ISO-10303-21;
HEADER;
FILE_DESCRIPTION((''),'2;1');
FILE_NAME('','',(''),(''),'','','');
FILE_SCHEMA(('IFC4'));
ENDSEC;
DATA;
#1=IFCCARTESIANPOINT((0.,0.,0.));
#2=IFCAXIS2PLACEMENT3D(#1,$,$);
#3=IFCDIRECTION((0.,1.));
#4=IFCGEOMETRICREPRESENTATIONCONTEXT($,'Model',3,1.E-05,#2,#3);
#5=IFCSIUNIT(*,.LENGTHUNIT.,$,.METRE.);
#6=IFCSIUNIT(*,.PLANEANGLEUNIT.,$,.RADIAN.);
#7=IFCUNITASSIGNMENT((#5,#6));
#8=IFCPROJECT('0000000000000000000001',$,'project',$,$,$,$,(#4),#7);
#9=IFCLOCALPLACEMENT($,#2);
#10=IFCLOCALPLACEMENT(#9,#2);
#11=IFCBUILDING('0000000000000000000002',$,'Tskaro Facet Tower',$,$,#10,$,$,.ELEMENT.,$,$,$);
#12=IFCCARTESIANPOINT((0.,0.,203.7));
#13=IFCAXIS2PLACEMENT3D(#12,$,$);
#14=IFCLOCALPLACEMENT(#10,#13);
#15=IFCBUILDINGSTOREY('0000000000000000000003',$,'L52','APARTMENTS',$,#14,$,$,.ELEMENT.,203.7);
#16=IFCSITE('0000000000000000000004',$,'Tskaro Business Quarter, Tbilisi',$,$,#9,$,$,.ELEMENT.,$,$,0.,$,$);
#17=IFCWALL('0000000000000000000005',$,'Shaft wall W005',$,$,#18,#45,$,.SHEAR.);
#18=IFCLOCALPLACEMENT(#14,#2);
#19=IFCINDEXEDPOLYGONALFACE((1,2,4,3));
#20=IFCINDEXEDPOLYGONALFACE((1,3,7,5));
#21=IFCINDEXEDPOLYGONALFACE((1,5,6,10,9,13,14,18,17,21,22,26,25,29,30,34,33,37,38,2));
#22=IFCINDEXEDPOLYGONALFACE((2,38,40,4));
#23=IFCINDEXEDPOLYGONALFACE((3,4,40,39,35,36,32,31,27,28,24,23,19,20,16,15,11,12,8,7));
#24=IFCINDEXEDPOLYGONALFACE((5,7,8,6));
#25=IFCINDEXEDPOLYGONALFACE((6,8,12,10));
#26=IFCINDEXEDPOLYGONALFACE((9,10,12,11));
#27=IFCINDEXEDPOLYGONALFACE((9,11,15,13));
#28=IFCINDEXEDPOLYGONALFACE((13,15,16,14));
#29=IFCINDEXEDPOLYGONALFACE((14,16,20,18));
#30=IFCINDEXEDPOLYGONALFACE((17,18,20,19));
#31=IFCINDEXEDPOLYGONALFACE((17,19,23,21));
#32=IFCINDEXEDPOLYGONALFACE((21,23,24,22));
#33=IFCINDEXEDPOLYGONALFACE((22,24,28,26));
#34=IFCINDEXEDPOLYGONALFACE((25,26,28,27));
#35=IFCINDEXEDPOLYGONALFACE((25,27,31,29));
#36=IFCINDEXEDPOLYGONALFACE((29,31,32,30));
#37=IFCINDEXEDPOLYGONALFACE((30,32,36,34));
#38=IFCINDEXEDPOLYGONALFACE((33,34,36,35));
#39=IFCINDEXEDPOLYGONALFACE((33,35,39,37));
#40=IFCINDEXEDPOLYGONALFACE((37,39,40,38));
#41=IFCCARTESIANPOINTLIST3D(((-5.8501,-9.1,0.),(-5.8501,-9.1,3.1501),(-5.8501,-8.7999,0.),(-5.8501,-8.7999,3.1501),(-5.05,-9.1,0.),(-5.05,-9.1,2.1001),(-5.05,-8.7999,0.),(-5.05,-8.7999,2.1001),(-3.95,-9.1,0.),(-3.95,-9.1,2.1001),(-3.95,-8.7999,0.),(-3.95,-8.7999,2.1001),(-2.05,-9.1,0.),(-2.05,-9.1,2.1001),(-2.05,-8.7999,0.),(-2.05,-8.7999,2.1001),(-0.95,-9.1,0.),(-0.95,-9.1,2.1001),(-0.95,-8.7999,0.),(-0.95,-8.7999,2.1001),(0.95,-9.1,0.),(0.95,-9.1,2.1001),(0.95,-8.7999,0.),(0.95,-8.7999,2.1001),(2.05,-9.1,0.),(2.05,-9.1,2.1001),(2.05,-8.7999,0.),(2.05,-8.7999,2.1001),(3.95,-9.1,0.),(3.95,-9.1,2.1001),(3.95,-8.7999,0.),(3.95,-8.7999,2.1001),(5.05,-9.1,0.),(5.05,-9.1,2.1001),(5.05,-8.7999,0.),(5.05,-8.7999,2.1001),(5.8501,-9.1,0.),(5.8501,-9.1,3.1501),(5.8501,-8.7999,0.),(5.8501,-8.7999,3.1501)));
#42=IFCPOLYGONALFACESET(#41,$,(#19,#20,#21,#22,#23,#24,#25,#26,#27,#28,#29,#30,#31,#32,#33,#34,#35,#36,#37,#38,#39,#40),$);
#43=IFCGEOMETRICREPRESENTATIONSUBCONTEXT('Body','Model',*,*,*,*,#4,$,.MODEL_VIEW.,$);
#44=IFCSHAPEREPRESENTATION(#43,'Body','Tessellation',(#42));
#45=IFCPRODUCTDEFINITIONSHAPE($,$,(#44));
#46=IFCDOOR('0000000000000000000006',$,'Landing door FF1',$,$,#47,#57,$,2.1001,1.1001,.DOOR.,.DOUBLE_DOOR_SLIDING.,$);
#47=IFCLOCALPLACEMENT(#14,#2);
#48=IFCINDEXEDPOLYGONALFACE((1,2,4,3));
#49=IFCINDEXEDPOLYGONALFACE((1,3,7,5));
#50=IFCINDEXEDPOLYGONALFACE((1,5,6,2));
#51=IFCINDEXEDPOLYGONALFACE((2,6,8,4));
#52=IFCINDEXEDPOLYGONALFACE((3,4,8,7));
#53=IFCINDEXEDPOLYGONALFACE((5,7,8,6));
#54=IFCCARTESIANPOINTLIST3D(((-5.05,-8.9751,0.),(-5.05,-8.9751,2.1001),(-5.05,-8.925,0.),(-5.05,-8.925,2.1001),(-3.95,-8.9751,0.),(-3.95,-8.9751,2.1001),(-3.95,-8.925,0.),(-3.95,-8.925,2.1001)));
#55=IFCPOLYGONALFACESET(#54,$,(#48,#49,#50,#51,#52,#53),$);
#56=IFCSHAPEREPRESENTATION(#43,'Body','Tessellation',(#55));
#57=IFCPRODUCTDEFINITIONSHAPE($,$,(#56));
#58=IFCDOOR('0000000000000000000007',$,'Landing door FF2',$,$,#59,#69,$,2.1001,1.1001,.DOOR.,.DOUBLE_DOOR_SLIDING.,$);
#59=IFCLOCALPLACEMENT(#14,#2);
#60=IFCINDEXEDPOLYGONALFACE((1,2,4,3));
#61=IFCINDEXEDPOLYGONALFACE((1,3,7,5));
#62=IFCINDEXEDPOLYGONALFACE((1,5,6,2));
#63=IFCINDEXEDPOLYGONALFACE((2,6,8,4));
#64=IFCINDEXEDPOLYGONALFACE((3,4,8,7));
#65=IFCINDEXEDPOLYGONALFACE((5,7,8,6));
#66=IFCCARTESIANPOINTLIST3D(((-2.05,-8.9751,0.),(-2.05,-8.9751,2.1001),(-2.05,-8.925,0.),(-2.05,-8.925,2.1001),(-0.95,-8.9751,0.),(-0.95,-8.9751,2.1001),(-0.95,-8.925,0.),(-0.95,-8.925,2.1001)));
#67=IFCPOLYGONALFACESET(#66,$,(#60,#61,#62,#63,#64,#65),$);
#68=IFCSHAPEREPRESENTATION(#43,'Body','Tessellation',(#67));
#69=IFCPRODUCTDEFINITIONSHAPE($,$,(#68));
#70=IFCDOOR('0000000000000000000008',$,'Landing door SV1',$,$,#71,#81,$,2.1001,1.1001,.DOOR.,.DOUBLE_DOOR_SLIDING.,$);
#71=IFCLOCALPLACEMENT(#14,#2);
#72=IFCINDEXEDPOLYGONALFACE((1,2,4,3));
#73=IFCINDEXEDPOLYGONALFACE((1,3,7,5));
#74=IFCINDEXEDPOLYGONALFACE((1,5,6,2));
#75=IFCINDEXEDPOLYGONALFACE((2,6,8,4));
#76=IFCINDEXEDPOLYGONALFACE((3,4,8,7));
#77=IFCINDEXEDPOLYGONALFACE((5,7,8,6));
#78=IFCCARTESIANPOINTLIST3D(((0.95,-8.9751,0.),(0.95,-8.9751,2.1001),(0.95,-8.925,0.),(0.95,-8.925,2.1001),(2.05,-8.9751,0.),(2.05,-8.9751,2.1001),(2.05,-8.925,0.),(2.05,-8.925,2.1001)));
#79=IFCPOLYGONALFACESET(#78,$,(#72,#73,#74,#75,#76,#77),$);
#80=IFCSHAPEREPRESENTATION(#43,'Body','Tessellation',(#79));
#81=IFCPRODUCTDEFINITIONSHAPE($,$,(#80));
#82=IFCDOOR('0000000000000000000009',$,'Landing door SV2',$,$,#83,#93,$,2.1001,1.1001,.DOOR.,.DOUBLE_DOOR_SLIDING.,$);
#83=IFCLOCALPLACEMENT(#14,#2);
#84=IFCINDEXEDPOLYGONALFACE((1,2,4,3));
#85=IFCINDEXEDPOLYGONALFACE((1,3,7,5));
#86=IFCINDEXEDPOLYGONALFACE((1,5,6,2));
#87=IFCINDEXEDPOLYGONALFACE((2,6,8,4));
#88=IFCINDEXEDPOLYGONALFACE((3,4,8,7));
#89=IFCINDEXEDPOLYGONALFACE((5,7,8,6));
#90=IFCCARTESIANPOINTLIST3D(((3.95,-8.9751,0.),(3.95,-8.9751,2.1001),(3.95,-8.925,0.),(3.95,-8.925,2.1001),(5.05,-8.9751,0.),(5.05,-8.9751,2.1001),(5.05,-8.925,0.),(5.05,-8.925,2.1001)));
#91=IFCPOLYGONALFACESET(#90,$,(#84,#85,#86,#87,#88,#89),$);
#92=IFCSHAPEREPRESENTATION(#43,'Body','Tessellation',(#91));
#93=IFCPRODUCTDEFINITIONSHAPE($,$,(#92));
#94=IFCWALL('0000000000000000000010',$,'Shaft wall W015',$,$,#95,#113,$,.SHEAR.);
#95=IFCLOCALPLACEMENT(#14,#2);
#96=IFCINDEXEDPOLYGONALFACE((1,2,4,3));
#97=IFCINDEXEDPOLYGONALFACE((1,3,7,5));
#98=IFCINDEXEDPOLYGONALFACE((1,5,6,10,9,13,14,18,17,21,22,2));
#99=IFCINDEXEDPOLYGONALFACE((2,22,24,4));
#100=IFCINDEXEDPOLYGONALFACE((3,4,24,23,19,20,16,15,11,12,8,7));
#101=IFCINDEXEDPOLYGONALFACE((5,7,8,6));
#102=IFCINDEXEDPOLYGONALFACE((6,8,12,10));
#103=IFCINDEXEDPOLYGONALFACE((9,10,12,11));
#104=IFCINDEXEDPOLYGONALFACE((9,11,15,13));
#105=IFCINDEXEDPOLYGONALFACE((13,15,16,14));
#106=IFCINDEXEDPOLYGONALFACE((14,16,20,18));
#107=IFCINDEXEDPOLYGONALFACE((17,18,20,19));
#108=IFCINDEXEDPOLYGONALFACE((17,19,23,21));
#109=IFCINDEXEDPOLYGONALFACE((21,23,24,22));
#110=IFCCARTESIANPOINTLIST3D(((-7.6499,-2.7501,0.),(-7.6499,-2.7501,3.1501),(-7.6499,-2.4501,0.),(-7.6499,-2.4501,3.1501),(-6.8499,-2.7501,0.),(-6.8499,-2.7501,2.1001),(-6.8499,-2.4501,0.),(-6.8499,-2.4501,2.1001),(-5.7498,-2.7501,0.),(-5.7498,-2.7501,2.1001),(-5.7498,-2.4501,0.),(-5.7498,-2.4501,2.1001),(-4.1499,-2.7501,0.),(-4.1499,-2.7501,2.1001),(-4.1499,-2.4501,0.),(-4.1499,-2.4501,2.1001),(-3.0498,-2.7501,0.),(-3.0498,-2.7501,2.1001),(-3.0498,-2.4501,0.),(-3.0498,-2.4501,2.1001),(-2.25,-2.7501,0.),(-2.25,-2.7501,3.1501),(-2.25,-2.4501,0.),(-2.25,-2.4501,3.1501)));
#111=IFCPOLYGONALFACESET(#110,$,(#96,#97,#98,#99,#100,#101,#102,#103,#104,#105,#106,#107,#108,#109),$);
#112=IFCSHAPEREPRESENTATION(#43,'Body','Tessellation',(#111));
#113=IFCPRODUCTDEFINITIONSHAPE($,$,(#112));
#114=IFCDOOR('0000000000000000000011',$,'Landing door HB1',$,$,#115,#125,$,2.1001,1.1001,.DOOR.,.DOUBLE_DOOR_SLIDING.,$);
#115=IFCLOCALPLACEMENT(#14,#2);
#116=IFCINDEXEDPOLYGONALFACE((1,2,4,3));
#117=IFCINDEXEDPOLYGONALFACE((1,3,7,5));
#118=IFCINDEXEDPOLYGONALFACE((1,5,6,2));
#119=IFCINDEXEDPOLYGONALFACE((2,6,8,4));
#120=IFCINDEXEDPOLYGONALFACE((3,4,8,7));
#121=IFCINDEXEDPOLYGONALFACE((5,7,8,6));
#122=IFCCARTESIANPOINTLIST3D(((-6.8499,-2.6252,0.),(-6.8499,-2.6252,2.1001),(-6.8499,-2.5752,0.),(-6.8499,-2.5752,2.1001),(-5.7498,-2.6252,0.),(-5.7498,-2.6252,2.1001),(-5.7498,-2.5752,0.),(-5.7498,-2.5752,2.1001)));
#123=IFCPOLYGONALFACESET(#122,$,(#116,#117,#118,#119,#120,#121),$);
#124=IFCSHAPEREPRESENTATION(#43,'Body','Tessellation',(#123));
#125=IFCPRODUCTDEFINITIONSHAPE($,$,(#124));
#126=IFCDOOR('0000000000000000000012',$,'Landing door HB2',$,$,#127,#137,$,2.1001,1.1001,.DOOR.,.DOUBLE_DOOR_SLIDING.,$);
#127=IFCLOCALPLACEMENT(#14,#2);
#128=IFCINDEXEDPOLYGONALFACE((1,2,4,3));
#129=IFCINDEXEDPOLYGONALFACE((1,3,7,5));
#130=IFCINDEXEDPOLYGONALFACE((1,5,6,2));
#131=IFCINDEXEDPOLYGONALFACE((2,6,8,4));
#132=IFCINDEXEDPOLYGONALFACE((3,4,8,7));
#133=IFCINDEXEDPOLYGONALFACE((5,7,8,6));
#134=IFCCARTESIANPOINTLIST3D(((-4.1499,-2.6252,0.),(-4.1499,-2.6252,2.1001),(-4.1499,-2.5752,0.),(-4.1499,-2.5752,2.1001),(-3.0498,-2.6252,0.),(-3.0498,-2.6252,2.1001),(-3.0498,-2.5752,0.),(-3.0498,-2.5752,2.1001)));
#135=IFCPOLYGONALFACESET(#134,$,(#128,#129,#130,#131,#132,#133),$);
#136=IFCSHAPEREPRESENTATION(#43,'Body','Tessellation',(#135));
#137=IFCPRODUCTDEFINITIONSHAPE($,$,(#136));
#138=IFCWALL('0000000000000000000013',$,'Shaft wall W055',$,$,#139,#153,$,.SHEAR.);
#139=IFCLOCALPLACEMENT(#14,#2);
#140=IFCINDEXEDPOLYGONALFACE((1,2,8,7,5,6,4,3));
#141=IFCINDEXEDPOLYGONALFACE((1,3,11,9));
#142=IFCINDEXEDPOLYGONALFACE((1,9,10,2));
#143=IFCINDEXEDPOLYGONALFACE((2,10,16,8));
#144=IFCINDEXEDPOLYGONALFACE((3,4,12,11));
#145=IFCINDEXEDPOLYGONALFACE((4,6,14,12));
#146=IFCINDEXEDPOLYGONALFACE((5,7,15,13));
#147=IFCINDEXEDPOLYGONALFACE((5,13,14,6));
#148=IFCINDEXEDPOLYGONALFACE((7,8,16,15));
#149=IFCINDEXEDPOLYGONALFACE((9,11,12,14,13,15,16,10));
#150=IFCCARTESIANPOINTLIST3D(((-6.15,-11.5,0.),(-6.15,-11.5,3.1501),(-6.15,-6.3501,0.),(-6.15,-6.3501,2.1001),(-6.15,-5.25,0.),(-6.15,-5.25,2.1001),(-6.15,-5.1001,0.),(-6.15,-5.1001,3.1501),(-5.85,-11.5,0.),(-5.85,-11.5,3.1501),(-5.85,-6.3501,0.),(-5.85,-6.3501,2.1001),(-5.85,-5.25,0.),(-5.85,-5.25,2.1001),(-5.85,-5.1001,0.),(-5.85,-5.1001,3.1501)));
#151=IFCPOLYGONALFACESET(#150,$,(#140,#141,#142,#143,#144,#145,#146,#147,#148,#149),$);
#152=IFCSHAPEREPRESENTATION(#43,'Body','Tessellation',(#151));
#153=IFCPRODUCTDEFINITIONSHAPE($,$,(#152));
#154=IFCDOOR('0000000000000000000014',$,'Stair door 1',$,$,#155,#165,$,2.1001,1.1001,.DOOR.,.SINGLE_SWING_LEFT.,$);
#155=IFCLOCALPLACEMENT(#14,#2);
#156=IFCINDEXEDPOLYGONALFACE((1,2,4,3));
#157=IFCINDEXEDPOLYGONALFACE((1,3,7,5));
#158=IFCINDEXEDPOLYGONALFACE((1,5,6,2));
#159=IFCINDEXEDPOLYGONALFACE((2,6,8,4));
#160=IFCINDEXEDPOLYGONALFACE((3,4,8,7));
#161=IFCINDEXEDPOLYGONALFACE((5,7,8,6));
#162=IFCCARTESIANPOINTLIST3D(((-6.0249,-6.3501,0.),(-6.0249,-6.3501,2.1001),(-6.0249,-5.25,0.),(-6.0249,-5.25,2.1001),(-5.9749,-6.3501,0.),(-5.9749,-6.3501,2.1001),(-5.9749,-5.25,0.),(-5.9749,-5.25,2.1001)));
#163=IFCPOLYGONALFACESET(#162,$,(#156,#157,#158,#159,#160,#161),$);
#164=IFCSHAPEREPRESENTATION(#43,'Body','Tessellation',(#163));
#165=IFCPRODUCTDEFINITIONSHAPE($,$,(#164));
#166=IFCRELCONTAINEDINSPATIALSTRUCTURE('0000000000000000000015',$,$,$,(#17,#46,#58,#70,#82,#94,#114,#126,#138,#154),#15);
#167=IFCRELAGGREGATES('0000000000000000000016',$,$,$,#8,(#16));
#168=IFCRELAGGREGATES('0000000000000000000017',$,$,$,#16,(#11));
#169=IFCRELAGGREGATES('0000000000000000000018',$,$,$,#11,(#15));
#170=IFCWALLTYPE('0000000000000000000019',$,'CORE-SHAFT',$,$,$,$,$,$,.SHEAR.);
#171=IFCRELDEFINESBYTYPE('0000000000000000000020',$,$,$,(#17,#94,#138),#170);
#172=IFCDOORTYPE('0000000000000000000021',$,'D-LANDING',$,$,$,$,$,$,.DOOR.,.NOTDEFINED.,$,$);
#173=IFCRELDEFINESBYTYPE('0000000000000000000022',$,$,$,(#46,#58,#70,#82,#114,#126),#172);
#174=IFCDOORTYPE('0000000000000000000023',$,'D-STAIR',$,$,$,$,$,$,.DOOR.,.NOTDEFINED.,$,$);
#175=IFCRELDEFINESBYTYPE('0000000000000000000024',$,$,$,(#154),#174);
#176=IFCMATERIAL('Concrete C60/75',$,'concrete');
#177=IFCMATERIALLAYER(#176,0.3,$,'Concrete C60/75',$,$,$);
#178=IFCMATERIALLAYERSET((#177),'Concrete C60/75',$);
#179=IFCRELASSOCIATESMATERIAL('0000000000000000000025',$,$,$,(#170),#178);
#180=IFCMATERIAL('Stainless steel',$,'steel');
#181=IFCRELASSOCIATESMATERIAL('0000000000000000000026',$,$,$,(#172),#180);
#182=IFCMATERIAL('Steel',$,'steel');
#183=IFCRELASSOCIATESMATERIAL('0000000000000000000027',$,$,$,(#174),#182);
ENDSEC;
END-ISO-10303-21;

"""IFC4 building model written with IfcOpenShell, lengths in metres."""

from ifc_helpers import new_model, si_unit, direction, frame, frame_2d, origin, place, context, subcontext, project, spatial, rectangle, extrude, material, layer, layer_set, type_object, element, fill, save


model = new_model("IFC4")

# Units and contexts
model_context = context("Model", 3, precision=1e-05, world=origin(), true_north=direction((0.0, 1.0)))
body_context = subcontext(model_context, "Body", "Model", "MODEL_VIEW")
ifc_project = project(units=[si_unit("LENGTHUNIT", "METRE"), si_unit("PLANEANGLEUNIT", "RADIAN")], contexts=[model_context])

# Site, building, storey
site_placement = place(None, origin())
site = spatial("IfcSite", under=ifc_project, at=site_placement, Name="Tskaro Business Quarter, Tbilisi", CompositionType="ELEMENT", RefElevation=0.0)
building_placement = place(site_placement, origin())
building = spatial("IfcBuilding", under=site, at=building_placement, Name="Tskaro Facet Tower", CompositionType="ELEMENT")
storey_placement = place(building_placement, frame((0.0, 0.0, 203.7)))
storey = spatial("IfcBuildingStorey", under=building, at=storey_placement, Name="L52", Description="APARTMENTS", CompositionType="ELEMENT", Elevation=203.7)

# Walls, openings, doors
ifc_material_1 = material(Name="Concrete C60/75", Category="concrete")
ifc_layer = layer(ifc_material_1, 0.3, Name="Concrete C60/75")
ifc_layer_set = layer_set([ifc_layer], Name="Concrete C60/75")
wall_type = type_object("IfcWallType", Name="CORE-SHAFT", PredefinedType="SHEAR", material=ifc_layer_set)
wall_1_placement = place(storey_placement, frame((-5.8501, -8.95, 0.0), z_axis=(0.0, 0.0, 1.0), x_axis=(1.0, 0.0, 0.0)))
wall_1 = element("IfcWall", 1, at=wall_1_placement, inside=storey, type_object=wall_type, Name="Shaft wall W005", PredefinedType="SHEAR", context=body_context, shape_type="SweptSolid", body=[
    extrude(rectangle(XDim=11.7002, YDim=0.3, at=frame_2d((5.8501, 0.0))), origin(), (0.0, 0.0, 1.0), 3.1501),
])
opening_1_placement = place(wall_1_placement, frame((0.8, 0.0, 0.0)))
opening_1 = element("IfcOpeningElement", 2, at=opening_1_placement, cuts=wall_1, PredefinedType="OPENING", context=body_context, shape_type="SweptSolid", body=[
    extrude(rectangle(XDim=1.1001, YDim=2.1001, at=frame_2d((0.55, 1.05))), frame((0.0, 0.1599, 0.0), z_axis=(0.0, -1.0, 0.0), x_axis=(1.0, 0.0, 0.0)), (0.0, 0.0, 1.0), 0.3201),
])
opening_2_placement = place(wall_1_placement, frame((3.8, 0.0, 0.0)))
opening_2 = element("IfcOpeningElement", 3, at=opening_2_placement, cuts=wall_1, PredefinedType="OPENING", context=body_context, shape_type="SweptSolid", body=[
    extrude(rectangle(XDim=1.1001, YDim=2.1001, at=frame_2d((0.55, 1.05))), frame((0.0, 0.1599, 0.0), z_axis=(0.0, -1.0, 0.0), x_axis=(1.0, 0.0, 0.0)), (0.0, 0.0, 1.0), 0.3201),
])
opening_3_placement = place(wall_1_placement, frame((6.8, 0.0, 0.0)))
opening_3 = element("IfcOpeningElement", 4, at=opening_3_placement, cuts=wall_1, PredefinedType="OPENING", context=body_context, shape_type="SweptSolid", body=[
    extrude(rectangle(XDim=1.1001, YDim=2.1001, at=frame_2d((0.55, 1.05))), frame((0.0, 0.1599, 0.0), z_axis=(0.0, -1.0, 0.0), x_axis=(1.0, 0.0, 0.0)), (0.0, 0.0, 1.0), 0.3201),
])
opening_4_placement = place(wall_1_placement, frame((9.8, 0.0, 0.0)))
opening_4 = element("IfcOpeningElement", 5, at=opening_4_placement, cuts=wall_1, PredefinedType="OPENING", context=body_context, shape_type="SweptSolid", body=[
    extrude(rectangle(XDim=1.1001, YDim=2.1001, at=frame_2d((0.55, 1.05))), frame((0.0, 0.1599, 0.0), z_axis=(0.0, -1.0, 0.0), x_axis=(1.0, 0.0, 0.0)), (0.0, 0.0, 1.0), 0.3201),
])
ifc_material_2 = material(Name="Stainless steel", Category="steel")
door_type_1 = type_object("IfcDoorType", Name="D-LANDING", OperationType="NOTDEFINED", PredefinedType="DOOR", material=ifc_material_2)
door_1_placement = place(opening_1_placement, origin())
door_1 = element("IfcDoor", 6, at=door_1_placement, inside=storey, type_object=door_type_1, Name="Landing door FF1", OperationType="DOUBLE_DOOR_SLIDING", OverallHeight=2.1001, OverallWidth=1.1001, PredefinedType="DOOR", context=body_context, shape_type="SweptSolid", body=[
    extrude(rectangle(XDim=1.1001, YDim=2.1001, at=frame_2d((0.55, 1.05))), frame((0.0, 0.0249, 0.0), z_axis=(0.0, -1.0, 0.0), x_axis=(1.0, 0.0, 0.0)), (0.0, 0.0, 1.0), 0.05),
])
fill(opening_1, door_1)
door_2_placement = place(opening_2_placement, origin())
door_2 = element("IfcDoor", 7, at=door_2_placement, inside=storey, type_object=door_type_1, Name="Landing door FF2", OperationType="DOUBLE_DOOR_SLIDING", OverallHeight=2.1001, OverallWidth=1.1001, PredefinedType="DOOR", context=body_context, shape_type="SweptSolid", body=[
    extrude(rectangle(XDim=1.1001, YDim=2.1001, at=frame_2d((0.55, 1.05))), frame((0.0, 0.0249, 0.0), z_axis=(0.0, -1.0, 0.0), x_axis=(1.0, 0.0, 0.0)), (0.0, 0.0, 1.0), 0.05),
])
fill(opening_2, door_2)
door_3_placement = place(opening_3_placement, origin())
door_3 = element("IfcDoor", 8, at=door_3_placement, inside=storey, type_object=door_type_1, Name="Landing door SV1", OperationType="DOUBLE_DOOR_SLIDING", OverallHeight=2.1001, OverallWidth=1.1001, PredefinedType="DOOR", context=body_context, shape_type="SweptSolid", body=[
    extrude(rectangle(XDim=1.1001, YDim=2.1001, at=frame_2d((0.55, 1.05))), frame((0.0, 0.0249, 0.0), z_axis=(0.0, -1.0, 0.0), x_axis=(1.0, 0.0, 0.0)), (0.0, 0.0, 1.0), 0.05),
])
fill(opening_3, door_3)
door_4_placement = place(opening_4_placement, origin())
door_4 = element("IfcDoor", 9, at=door_4_placement, inside=storey, type_object=door_type_1, Name="Landing door SV2", OperationType="DOUBLE_DOOR_SLIDING", OverallHeight=2.1001, OverallWidth=1.1001, PredefinedType="DOOR", context=body_context, shape_type="SweptSolid", body=[
    extrude(rectangle(XDim=1.1001, YDim=2.1001, at=frame_2d((0.55, 1.05))), frame((0.0, 0.0249, 0.0), z_axis=(0.0, -1.0, 0.0), x_axis=(1.0, 0.0, 0.0)), (0.0, 0.0, 1.0), 0.05),
])
fill(opening_4, door_4)
wall_2_placement = place(storey_placement, frame((-7.6499, -2.6001, 0.0), z_axis=(0.0, 0.0, 1.0), x_axis=(1.0, 0.0, 0.0)))
wall_2 = element("IfcWall", 10, at=wall_2_placement, inside=storey, type_object=wall_type, Name="Shaft wall W015", PredefinedType="SHEAR", context=body_context, shape_type="SweptSolid", body=[
    extrude(rectangle(XDim=5.3999, YDim=0.3, at=frame_2d((2.7, 0.0))), origin(), (0.0, 0.0, 1.0), 3.1501),
])
opening_5_placement = place(wall_2_placement, frame((0.8, 0.0, 0.0)))
opening_5 = element("IfcOpeningElement", 11, at=opening_5_placement, cuts=wall_2, PredefinedType="OPENING", context=body_context, shape_type="SweptSolid", body=[
    extrude(rectangle(XDim=1.1001, YDim=2.1001, at=frame_2d((0.55, 1.05))), frame((0.0, 0.1599, 0.0), z_axis=(0.0, -1.0, 0.0), x_axis=(1.0, 0.0, 0.0)), (0.0, 0.0, 1.0), 0.3201),
])
opening_6_placement = place(wall_2_placement, frame((3.5, 0.0, 0.0)))
opening_6 = element("IfcOpeningElement", 12, at=opening_6_placement, cuts=wall_2, PredefinedType="OPENING", context=body_context, shape_type="SweptSolid", body=[
    extrude(rectangle(XDim=1.1001, YDim=2.1001, at=frame_2d((0.55, 1.05))), frame((0.0, 0.1599, 0.0), z_axis=(0.0, -1.0, 0.0), x_axis=(1.0, 0.0, 0.0)), (0.0, 0.0, 1.0), 0.3201),
])
door_5_placement = place(opening_5_placement, origin())
door_5 = element("IfcDoor", 13, at=door_5_placement, inside=storey, type_object=door_type_1, Name="Landing door HB1", OperationType="DOUBLE_DOOR_SLIDING", OverallHeight=2.1001, OverallWidth=1.1001, PredefinedType="DOOR", context=body_context, shape_type="SweptSolid", body=[
    extrude(rectangle(XDim=1.1001, YDim=2.1001, at=frame_2d((0.55, 1.05))), frame((0.0, 0.0249, 0.0), z_axis=(0.0, -1.0, 0.0), x_axis=(1.0, 0.0, 0.0)), (0.0, 0.0, 1.0), 0.05),
])
fill(opening_5, door_5)
door_6_placement = place(opening_6_placement, origin())
door_6 = element("IfcDoor", 14, at=door_6_placement, inside=storey, type_object=door_type_1, Name="Landing door HB2", OperationType="DOUBLE_DOOR_SLIDING", OverallHeight=2.1001, OverallWidth=1.1001, PredefinedType="DOOR", context=body_context, shape_type="SweptSolid", body=[
    extrude(rectangle(XDim=1.1001, YDim=2.1001, at=frame_2d((0.55, 1.05))), frame((0.0, 0.0249, 0.0), z_axis=(0.0, -1.0, 0.0), x_axis=(1.0, 0.0, 0.0)), (0.0, 0.0, 1.0), 0.05),
])
fill(opening_6, door_6)

# Wall, opening, door
wall_3_placement = place(storey_placement, frame((-6.0, -11.5, 0.0), z_axis=(0.0, 0.0, 1.0), x_axis=(0.0, 1.0, 0.0)))
wall_3 = element("IfcWall", 15, at=wall_3_placement, inside=storey, type_object=wall_type, Name="Shaft wall W055", PredefinedType="SHEAR", context=body_context, shape_type="SweptSolid", body=[
    extrude(rectangle(XDim=6.3999, YDim=0.3, at=frame_2d((3.2, 0.0))), origin(), (0.0, 0.0, 1.0), 3.1501),
])
opening_7_placement = place(wall_3_placement, frame((5.1499, 0.0, 0.0)))
opening_7 = element("IfcOpeningElement", 16, at=opening_7_placement, cuts=wall_3, PredefinedType="OPENING", context=body_context, shape_type="SweptSolid", body=[
    extrude(rectangle(XDim=1.1001, YDim=2.1001, at=frame_2d((0.55, 1.05))), frame((0.0, 0.1599, 0.0), z_axis=(0.0, -1.0, 0.0), x_axis=(1.0, 0.0, 0.0)), (0.0, 0.0, 1.0), 0.3201),
])
ifc_material_3 = material(Name="Steel", Category="steel")
door_type_2 = type_object("IfcDoorType", Name="D-STAIR", OperationType="NOTDEFINED", PredefinedType="DOOR", material=ifc_material_3)
door_7_placement = place(opening_7_placement, origin())
door_7 = element("IfcDoor", 17, at=door_7_placement, inside=storey, type_object=door_type_2, Name="Stair door 1", OperationType="SINGLE_SWING_LEFT", OverallHeight=2.1001, OverallWidth=1.1001, PredefinedType="DOOR", context=body_context, shape_type="SweptSolid", body=[
    extrude(rectangle(XDim=1.1001, YDim=2.1001, at=frame_2d((0.55, 1.05))), frame((0.0, 0.0249, 0.0), z_axis=(0.0, -1.0, 0.0), x_axis=(1.0, 0.0, 0.0)), (0.0, 0.0, 1.0), 0.05),
])
fill(opening_7, door_7)

save(model, "model.ifc")
